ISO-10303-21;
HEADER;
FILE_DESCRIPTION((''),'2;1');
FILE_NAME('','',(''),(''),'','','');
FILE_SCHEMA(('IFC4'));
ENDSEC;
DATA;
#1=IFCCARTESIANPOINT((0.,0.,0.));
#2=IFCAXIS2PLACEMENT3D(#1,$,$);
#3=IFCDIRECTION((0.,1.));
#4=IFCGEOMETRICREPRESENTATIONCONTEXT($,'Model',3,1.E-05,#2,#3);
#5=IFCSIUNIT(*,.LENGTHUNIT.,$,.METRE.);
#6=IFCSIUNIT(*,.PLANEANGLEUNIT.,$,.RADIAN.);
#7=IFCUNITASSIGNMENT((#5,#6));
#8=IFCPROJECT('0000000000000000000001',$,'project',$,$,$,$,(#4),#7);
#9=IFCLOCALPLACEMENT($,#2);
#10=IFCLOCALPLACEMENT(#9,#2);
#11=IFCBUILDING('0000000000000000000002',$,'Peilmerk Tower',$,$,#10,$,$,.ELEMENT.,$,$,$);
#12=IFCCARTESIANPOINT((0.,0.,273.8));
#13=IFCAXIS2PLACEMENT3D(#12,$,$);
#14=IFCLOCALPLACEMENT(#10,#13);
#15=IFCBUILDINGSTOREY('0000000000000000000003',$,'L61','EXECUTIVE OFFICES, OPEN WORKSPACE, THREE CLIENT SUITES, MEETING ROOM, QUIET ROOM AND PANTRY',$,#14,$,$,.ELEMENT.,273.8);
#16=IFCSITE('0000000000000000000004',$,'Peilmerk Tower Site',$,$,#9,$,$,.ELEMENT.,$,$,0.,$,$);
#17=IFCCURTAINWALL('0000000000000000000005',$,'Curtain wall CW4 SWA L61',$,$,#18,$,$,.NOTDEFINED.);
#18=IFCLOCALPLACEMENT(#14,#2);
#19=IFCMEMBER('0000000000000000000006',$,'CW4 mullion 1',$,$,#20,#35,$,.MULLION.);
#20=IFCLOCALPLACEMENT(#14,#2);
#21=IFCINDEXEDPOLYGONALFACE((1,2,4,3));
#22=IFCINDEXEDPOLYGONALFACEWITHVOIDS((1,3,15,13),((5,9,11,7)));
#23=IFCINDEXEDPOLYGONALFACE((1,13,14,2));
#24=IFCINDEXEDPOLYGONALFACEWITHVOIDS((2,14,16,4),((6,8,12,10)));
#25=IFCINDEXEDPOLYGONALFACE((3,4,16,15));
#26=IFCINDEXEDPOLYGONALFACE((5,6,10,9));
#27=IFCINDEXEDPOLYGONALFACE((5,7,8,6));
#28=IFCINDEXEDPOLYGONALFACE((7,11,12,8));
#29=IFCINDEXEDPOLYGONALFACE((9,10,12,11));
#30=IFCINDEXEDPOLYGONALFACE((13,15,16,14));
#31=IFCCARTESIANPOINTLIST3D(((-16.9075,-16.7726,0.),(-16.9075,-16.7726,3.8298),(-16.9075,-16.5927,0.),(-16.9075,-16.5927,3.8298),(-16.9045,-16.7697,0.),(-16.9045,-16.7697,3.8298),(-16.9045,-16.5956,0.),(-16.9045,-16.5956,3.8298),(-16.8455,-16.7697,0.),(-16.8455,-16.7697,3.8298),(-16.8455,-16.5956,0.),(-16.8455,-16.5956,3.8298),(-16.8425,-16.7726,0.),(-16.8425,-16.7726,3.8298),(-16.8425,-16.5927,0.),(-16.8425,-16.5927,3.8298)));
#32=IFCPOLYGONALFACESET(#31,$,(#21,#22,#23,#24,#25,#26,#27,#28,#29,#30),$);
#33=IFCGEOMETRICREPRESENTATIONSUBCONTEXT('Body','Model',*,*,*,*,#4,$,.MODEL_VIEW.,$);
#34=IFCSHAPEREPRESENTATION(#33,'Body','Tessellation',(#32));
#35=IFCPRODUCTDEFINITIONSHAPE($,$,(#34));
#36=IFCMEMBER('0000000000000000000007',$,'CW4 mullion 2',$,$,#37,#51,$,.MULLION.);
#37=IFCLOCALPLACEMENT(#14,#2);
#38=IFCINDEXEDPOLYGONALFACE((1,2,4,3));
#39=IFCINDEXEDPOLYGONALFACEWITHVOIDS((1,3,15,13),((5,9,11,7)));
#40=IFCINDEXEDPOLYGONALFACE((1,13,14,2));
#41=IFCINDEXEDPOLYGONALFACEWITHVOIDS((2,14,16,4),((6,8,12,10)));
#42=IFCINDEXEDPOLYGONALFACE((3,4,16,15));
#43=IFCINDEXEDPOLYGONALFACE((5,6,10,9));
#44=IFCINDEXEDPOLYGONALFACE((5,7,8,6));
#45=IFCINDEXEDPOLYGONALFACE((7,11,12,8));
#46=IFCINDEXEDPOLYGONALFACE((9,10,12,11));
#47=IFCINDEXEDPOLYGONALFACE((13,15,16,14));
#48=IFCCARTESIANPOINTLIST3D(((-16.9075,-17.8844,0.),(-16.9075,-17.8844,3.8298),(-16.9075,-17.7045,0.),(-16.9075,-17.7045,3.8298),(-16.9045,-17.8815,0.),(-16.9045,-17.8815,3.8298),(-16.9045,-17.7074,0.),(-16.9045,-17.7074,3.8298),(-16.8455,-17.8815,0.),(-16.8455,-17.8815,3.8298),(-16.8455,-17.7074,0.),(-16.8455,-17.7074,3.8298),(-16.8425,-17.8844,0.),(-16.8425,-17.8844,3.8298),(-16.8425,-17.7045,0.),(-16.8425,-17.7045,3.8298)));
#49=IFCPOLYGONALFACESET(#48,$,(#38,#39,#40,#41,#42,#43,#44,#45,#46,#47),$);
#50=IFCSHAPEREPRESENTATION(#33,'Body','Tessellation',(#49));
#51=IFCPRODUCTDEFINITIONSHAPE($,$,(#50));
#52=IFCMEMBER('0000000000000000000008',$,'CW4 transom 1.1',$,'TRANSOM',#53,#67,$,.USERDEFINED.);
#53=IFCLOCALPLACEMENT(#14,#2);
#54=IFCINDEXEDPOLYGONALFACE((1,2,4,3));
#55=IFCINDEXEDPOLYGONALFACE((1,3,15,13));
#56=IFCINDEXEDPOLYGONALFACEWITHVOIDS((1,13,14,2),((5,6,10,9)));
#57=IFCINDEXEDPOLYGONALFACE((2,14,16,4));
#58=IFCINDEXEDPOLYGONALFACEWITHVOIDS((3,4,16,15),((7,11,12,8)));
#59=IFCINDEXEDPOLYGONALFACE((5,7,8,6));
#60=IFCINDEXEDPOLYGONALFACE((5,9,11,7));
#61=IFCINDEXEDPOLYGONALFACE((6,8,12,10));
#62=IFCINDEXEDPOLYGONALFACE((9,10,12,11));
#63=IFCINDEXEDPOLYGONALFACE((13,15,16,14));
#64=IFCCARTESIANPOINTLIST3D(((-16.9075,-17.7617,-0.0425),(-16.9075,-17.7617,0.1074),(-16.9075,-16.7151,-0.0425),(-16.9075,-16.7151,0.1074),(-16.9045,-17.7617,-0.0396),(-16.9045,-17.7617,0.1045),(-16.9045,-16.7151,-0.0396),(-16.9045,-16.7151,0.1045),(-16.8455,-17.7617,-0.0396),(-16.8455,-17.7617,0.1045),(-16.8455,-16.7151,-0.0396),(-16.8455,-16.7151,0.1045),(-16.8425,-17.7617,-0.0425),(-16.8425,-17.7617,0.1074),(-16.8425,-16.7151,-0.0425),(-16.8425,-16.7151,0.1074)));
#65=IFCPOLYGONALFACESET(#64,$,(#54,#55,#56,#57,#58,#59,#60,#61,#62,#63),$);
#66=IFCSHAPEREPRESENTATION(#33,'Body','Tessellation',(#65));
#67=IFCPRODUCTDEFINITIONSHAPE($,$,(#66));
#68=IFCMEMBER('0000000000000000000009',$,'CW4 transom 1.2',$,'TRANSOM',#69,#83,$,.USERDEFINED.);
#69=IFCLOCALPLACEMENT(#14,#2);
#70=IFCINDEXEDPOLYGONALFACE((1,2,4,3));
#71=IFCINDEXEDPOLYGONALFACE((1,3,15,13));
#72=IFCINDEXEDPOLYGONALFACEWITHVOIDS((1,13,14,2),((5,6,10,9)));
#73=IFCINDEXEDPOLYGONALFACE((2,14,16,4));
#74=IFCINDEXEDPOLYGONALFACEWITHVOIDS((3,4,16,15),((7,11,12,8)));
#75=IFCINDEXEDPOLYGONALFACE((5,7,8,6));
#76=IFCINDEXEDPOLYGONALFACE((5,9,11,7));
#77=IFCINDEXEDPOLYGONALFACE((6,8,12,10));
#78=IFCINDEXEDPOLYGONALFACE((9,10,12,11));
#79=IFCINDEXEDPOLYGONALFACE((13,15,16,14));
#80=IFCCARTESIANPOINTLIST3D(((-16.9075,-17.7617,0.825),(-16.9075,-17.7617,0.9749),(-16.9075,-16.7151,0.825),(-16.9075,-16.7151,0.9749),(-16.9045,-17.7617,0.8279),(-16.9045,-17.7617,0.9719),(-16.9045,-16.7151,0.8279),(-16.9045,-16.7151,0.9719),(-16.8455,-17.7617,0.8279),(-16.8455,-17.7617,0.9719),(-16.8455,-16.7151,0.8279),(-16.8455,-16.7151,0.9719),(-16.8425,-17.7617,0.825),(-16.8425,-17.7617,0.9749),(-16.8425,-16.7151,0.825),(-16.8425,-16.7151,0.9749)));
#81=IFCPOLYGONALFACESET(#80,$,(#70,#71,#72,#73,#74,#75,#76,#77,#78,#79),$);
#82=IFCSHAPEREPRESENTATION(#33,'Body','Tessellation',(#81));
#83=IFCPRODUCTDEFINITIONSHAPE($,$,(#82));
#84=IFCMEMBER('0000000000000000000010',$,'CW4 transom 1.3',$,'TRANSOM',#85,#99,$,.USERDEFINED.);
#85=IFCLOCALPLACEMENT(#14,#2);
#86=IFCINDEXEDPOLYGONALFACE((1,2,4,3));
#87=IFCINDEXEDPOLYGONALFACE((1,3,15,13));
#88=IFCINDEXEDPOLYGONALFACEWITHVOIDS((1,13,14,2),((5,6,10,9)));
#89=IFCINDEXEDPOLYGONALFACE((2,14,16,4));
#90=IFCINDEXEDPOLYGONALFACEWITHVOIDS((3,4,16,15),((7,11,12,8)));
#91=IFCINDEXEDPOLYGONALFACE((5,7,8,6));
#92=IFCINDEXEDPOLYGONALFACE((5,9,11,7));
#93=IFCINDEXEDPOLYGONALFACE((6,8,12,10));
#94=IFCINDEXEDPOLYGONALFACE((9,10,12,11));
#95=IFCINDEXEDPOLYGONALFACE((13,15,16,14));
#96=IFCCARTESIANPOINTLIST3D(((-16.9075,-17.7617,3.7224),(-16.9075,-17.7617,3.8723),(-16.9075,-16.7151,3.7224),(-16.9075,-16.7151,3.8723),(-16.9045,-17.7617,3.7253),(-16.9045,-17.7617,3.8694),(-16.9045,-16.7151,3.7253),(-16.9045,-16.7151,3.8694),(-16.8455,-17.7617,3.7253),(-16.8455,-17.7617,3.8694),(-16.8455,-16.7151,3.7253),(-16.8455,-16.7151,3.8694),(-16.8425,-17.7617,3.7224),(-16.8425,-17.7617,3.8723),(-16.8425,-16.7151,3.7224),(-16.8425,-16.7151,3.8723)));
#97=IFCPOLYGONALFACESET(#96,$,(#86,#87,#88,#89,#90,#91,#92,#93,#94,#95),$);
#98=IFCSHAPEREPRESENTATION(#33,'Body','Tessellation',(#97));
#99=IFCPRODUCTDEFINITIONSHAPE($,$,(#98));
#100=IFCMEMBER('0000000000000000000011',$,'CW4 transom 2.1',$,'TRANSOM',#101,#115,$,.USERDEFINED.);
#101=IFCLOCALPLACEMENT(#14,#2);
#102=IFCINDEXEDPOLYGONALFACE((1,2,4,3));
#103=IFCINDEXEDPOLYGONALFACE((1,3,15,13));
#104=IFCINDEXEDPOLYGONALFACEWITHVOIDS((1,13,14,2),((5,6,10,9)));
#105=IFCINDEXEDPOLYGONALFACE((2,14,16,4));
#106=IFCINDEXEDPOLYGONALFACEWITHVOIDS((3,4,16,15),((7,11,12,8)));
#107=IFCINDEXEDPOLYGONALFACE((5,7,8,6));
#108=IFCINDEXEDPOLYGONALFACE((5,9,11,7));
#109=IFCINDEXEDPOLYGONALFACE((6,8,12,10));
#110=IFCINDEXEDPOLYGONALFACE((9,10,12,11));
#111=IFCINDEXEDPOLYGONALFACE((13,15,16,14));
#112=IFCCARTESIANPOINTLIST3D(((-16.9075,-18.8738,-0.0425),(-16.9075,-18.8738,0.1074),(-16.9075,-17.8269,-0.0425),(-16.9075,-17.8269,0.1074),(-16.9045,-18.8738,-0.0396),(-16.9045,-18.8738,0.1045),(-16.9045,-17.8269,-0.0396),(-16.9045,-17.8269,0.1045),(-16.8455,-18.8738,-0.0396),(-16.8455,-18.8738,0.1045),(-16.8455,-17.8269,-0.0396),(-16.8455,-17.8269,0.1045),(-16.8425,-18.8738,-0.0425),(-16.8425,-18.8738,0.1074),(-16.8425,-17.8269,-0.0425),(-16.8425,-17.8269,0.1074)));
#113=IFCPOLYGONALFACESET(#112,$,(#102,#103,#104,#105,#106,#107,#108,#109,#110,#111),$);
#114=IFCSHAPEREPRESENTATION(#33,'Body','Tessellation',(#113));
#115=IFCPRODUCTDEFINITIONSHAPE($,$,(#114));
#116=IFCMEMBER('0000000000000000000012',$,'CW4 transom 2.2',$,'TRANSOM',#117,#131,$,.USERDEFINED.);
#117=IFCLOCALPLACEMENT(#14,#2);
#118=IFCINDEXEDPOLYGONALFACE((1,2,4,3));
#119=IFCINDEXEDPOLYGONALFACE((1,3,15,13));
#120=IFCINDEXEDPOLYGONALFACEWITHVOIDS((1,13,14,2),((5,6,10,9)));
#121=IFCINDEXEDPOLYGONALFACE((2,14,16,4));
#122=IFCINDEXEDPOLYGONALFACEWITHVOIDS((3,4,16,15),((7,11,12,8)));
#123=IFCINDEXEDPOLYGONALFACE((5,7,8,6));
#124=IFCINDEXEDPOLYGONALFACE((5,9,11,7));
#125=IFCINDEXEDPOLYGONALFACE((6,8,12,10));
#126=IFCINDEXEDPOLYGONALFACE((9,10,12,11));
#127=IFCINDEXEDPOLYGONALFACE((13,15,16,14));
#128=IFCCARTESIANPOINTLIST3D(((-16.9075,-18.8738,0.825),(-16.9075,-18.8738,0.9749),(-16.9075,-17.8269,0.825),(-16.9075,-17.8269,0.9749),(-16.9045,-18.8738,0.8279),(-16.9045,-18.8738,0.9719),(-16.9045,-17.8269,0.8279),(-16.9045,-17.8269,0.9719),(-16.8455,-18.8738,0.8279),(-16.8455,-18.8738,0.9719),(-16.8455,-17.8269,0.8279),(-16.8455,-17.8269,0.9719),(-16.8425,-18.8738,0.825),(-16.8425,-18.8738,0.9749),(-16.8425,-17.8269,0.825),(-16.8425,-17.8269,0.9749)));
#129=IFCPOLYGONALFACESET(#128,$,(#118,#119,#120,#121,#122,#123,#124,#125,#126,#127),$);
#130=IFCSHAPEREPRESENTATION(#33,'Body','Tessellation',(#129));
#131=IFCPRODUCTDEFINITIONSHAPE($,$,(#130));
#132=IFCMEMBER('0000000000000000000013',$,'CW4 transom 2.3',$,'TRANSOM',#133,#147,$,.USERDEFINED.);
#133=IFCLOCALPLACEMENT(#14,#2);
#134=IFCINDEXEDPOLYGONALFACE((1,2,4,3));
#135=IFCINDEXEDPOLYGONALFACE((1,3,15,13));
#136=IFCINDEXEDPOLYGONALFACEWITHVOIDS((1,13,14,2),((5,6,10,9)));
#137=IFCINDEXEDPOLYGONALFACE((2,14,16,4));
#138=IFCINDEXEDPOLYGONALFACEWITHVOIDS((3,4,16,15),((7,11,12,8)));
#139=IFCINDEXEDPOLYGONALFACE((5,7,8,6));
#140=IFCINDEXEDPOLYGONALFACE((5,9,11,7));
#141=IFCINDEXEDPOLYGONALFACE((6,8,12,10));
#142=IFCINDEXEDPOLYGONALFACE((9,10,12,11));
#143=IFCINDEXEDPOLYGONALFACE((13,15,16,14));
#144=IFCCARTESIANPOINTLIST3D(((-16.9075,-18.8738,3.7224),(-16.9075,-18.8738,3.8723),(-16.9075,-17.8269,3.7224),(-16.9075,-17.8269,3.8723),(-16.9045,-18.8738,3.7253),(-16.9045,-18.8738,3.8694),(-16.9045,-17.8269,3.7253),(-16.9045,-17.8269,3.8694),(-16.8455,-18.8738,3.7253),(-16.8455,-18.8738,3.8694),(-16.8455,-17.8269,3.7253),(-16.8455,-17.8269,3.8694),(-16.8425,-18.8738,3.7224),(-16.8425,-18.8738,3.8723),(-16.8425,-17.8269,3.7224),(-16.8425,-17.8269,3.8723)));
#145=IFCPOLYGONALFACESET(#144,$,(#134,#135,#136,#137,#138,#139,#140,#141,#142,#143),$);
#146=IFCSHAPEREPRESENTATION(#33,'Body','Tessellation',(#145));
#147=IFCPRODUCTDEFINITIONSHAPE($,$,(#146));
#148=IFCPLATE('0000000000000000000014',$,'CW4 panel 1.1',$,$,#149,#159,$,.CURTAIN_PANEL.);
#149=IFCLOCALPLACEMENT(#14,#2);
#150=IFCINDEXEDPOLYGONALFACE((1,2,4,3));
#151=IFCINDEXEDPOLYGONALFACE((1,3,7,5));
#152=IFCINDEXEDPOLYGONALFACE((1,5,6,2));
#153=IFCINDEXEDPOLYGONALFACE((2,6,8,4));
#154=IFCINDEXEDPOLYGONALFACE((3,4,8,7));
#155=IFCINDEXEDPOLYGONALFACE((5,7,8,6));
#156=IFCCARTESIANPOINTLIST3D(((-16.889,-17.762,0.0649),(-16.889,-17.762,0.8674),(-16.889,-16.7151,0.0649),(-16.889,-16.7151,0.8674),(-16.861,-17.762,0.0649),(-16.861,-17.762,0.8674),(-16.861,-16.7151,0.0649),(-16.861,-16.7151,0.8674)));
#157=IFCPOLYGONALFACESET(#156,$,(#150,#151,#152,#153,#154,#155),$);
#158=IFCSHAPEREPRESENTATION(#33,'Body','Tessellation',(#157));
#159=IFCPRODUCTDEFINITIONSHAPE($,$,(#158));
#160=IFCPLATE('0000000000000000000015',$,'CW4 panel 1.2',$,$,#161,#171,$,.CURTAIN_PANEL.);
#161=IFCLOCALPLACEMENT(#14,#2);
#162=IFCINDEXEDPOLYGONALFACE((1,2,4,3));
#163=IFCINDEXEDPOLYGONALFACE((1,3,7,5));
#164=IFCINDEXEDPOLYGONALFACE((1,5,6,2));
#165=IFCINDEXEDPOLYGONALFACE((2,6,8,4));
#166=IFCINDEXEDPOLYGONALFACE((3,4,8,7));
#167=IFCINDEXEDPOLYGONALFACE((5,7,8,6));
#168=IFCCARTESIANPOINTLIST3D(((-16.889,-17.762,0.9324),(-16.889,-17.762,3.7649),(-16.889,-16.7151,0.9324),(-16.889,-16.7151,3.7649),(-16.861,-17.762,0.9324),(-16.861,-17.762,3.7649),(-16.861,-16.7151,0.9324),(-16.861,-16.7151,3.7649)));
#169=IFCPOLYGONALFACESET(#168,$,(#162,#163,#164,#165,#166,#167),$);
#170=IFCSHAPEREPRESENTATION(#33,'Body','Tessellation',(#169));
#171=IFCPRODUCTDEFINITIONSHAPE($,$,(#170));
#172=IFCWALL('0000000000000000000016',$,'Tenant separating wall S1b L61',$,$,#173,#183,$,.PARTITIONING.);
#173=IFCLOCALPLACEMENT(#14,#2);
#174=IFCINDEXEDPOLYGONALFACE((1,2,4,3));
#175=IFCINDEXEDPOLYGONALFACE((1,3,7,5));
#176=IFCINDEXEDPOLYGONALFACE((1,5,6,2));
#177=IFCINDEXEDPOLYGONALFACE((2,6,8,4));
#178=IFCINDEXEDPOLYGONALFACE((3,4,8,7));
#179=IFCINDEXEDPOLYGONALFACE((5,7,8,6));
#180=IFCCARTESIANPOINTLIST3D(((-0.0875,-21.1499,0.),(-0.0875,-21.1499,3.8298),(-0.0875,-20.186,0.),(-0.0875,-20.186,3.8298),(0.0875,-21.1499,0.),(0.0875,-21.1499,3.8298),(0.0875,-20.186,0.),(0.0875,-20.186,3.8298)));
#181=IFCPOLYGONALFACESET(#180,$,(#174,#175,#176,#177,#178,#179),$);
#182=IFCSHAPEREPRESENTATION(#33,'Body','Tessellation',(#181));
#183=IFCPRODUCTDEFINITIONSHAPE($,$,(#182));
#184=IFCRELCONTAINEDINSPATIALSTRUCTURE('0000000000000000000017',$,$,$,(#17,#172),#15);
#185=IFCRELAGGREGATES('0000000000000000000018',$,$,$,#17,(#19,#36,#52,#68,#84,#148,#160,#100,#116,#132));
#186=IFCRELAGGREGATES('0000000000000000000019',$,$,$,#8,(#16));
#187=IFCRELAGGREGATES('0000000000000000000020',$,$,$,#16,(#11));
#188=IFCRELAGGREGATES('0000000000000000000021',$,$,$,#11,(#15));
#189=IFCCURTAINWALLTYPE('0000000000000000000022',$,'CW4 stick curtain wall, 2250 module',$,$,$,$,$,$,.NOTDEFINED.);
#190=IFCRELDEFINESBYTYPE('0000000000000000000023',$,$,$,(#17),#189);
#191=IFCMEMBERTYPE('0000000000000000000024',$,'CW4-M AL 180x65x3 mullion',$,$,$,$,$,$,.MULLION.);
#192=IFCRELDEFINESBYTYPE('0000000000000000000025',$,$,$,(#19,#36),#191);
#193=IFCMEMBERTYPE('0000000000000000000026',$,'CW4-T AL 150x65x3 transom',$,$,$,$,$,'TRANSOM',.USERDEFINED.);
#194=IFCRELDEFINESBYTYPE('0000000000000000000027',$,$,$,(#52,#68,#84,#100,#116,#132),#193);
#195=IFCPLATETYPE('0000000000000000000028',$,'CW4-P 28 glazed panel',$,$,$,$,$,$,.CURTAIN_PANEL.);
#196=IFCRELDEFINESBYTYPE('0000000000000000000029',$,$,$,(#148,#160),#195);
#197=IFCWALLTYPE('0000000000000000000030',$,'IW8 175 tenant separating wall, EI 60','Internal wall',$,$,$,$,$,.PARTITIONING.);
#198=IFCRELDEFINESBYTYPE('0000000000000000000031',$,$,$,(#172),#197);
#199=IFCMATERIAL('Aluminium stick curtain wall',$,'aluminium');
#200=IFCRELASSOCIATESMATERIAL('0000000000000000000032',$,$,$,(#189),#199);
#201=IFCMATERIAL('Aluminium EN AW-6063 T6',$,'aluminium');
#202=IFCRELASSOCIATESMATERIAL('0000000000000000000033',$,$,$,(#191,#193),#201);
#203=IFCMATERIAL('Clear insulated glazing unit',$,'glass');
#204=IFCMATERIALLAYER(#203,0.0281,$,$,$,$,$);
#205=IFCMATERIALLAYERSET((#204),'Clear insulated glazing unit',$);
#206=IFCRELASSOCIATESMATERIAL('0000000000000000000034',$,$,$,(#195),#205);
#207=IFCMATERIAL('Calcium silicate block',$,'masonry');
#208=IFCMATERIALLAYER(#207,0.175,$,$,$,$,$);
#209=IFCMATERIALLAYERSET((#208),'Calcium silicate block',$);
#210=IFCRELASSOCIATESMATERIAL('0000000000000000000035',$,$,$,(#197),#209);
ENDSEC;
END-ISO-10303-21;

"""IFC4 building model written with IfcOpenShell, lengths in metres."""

from ifc_helpers import new_model, si_unit, direction, frame, frame_2d, origin, origin_2d, place, context, subcontext, project, spatial, rectangle, hollow_rectangle, extrude, material, layer, layer_set, material_profile, profile_set, type_object, element, aggregate, save


model = new_model("IFC4")

# Units and contexts
model_context = context("Model", 3, precision=1e-05, world=origin(), true_north=direction((0.0, 1.0)))
body_context = subcontext(model_context, "Body", "Model", "MODEL_VIEW")
ifc_project = project(units=[si_unit("LENGTHUNIT", "METRE"), si_unit("PLANEANGLEUNIT", "RADIAN")], contexts=[model_context])

# Site, building, storey
site_placement = place(None, origin())
site = spatial("IfcSite", under=ifc_project, at=site_placement, Name="Peilmerk Tower Site", CompositionType="ELEMENT", RefElevation=0.0)
building_placement = place(site_placement, origin())
building = spatial("IfcBuilding", under=site, at=building_placement, Name="Peilmerk Tower", CompositionType="ELEMENT")
storey_placement = place(building_placement, frame((0.0, 0.0, 273.8)))
storey = spatial("IfcBuildingStorey", under=building, at=storey_placement, Name="L61", Description="EXECUTIVE OFFICES, OPEN WORKSPACE, THREE CLIENT SUITES, MEETING ROOM, QUIET ROOM AND PANTRY", CompositionType="ELEMENT", Elevation=273.8)

# Curtain wall, members, plates
ifc_material_1 = material(Name="Aluminium stick curtain wall", Category="aluminium")
curtain_wall_type = type_object("IfcCurtainWallType", Name="CW4 stick curtain wall, 2250 module", PredefinedType="NOTDEFINED", material=ifc_material_1)
curtain_wall_placement = place(storey_placement, origin())
curtain_wall = element("IfcCurtainWall", 1, at=curtain_wall_placement, inside=storey, type_object=curtain_wall_type, Name="Curtain wall CW4 SWA L61", PredefinedType="NOTDEFINED")
ifc_material_2 = material(Name="Aluminium EN AW-6063 T6", Category="aluminium")
ifc_material_profile_1 = material_profile(ifc_material_2, hollow_rectangle(XDim=0.0649, YDim=0.1799, WallThickness=0.0029, at=origin_2d()), Name="AL 180x65x3")
ifc_profile_set_1 = profile_set([ifc_material_profile_1], Name="Aluminium EN AW-6063 T6")
member_type_1 = type_object("IfcMemberType", Name="CW4-M AL 180x65x3 mullion", PredefinedType="MULLION", material=ifc_profile_set_1)
member_1_placement = place(storey_placement, frame((-16.875, -16.6826, 0.0), z_axis=(0.0, 0.0, 1.0), x_axis=(1.0, 0.0, 0.0)))
member_1 = element("IfcMember", 2, at=member_1_placement, type_object=member_type_1, Name="CW4 mullion 1", PredefinedType="MULLION", context=body_context, shape_type="SweptSolid", body=[
    extrude(hollow_rectangle(XDim=0.0649, YDim=0.1799, WallThickness=0.0029, at=origin_2d()), origin(), (0.0, 0.0, 1.0), 3.8298),
])
member_2_placement = place(storey_placement, frame((-16.875, -17.7944, 0.0), z_axis=(0.0, 0.0, 1.0), x_axis=(1.0, 0.0, 0.0)))
member_2 = element("IfcMember", 3, at=member_2_placement, type_object=member_type_1, Name="CW4 mullion 2", PredefinedType="MULLION", context=body_context, shape_type="SweptSolid", body=[
    extrude(hollow_rectangle(XDim=0.0649, YDim=0.1799, WallThickness=0.0029, at=origin_2d()), origin(), (0.0, 0.0, 1.0), 3.8298),
])
ifc_material_profile_2 = material_profile(ifc_material_2, hollow_rectangle(XDim=0.0649, YDim=0.1499, WallThickness=0.0029, at=origin_2d()), Name="AL 150x65x3")
ifc_profile_set_2 = profile_set([ifc_material_profile_2], Name="Aluminium EN AW-6063 T6")
member_type_2 = type_object("IfcMemberType", Name="CW4-T AL 150x65x3 transom", ElementType="TRANSOM", PredefinedType="USERDEFINED", material=ifc_profile_set_2)
member_3_placement = place(storey_placement, frame((-16.875, -16.7151, 0.0325), z_axis=(0.0, -1.0, 0.0), x_axis=(1.0, 0.0, 0.0)))
member_3 = element("IfcMember", 4, at=member_3_placement, type_object=member_type_2, Name="CW4 transom 1.1", ObjectType="TRANSOM", PredefinedType="USERDEFINED", context=body_context, shape_type="SweptSolid", body=[
    extrude(hollow_rectangle(XDim=0.0649, YDim=0.1499, WallThickness=0.0029, at=origin_2d()), origin(), (0.0, 0.0, 1.0), 1.0466),
])
member_4_placement = place(storey_placement, frame((-16.875, -16.7151, 0.8999), z_axis=(0.0, -1.0, 0.0), x_axis=(1.0, 0.0, 0.0)))
member_4 = element("IfcMember", 5, at=member_4_placement, type_object=member_type_2, Name="CW4 transom 1.2", ObjectType="TRANSOM", PredefinedType="USERDEFINED", context=body_context, shape_type="SweptSolid", body=[
    extrude(hollow_rectangle(XDim=0.0649, YDim=0.1499, WallThickness=0.0029, at=origin_2d()), origin(), (0.0, 0.0, 1.0), 1.0466),
])
member_5_placement = place(storey_placement, frame((-16.875, -16.7151, 3.7974), z_axis=(0.0, -1.0, 0.0), x_axis=(1.0, 0.0, 0.0)))
member_5 = element("IfcMember", 6, at=member_5_placement, type_object=member_type_2, Name="CW4 transom 1.3", ObjectType="TRANSOM", PredefinedType="USERDEFINED", context=body_context, shape_type="SweptSolid", body=[
    extrude(hollow_rectangle(XDim=0.0649, YDim=0.1499, WallThickness=0.0029, at=origin_2d()), origin(), (0.0, 0.0, 1.0), 1.0466),
])
member_6_placement = place(storey_placement, frame((-16.875, -17.8269, 0.0325), z_axis=(0.0, -1.0, 0.0), x_axis=(1.0, 0.0, 0.0)))
member_6 = element("IfcMember", 7, at=member_6_placement, type_object=member_type_2, Name="CW4 transom 2.1", ObjectType="TRANSOM", PredefinedType="USERDEFINED", context=body_context, shape_type="SweptSolid", body=[
    extrude(hollow_rectangle(XDim=0.0649, YDim=0.1499, WallThickness=0.0029, at=origin_2d()), origin(), (0.0, 0.0, 1.0), 1.0469),
])
member_7_placement = place(storey_placement, frame((-16.875, -17.8269, 0.8999), z_axis=(0.0, -1.0, 0.0), x_axis=(1.0, 0.0, 0.0)))
member_7 = element("IfcMember", 8, at=member_7_placement, type_object=member_type_2, Name="CW4 transom 2.2", ObjectType="TRANSOM", PredefinedType="USERDEFINED", context=body_context, shape_type="SweptSolid", body=[
    extrude(hollow_rectangle(XDim=0.0649, YDim=0.1499, WallThickness=0.0029, at=origin_2d()), origin(), (0.0, 0.0, 1.0), 1.0469),
])
member_8_placement = place(storey_placement, frame((-16.875, -17.8269, 3.7974), z_axis=(0.0, -1.0, 0.0), x_axis=(1.0, 0.0, 0.0)))
member_8 = element("IfcMember", 9, at=member_8_placement, type_object=member_type_2, Name="CW4 transom 2.3", ObjectType="TRANSOM", PredefinedType="USERDEFINED", context=body_context, shape_type="SweptSolid", body=[
    extrude(hollow_rectangle(XDim=0.0649, YDim=0.1499, WallThickness=0.0029, at=origin_2d()), origin(), (0.0, 0.0, 1.0), 1.0469),
])
ifc_material_3 = material(Name="Clear insulated glazing unit", Category="glass")
ifc_layer_1 = layer(ifc_material_3, 0.0281)
ifc_layer_set_1 = layer_set([ifc_layer_1], Name="Clear insulated glazing unit")
plate_type = type_object("IfcPlateType", Name="CW4-P 28 glazed panel", PredefinedType="CURTAIN_PANEL", material=ifc_layer_set_1)
plate_1_placement = place(storey_placement, frame((-16.875, -17.2385, 0.0649), z_axis=(0.0, 0.0, 1.0), x_axis=(0.0, -1.0, 0.0)))
plate_1 = element("IfcPlate", 10, at=plate_1_placement, type_object=plate_type, Name="CW4 panel 1.1", PredefinedType="CURTAIN_PANEL", context=body_context, shape_type="SweptSolid", body=[
    extrude(rectangle(XDim=1.0469, YDim=0.0281, at=origin_2d()), origin(), (0.0, 0.0, 1.0), 0.8025),
])
plate_2_placement = place(storey_placement, frame((-16.875, -17.2385, 0.9324), z_axis=(0.0, 0.0, 1.0), x_axis=(0.0, -1.0, 0.0)))
plate_2 = element("IfcPlate", 11, at=plate_2_placement, type_object=plate_type, Name="CW4 panel 1.2", PredefinedType="CURTAIN_PANEL", context=body_context, shape_type="SweptSolid", body=[
    extrude(rectangle(XDim=1.0469, YDim=0.0281, at=origin_2d()), origin(), (0.0, 0.0, 1.0), 2.8325),
])
aggregate(curtain_wall, [member_1, member_2, member_3, member_4, member_5, plate_1, plate_2, member_6, member_7, member_8])

# Wall
ifc_material_4 = material(Name="Calcium silicate block", Category="masonry")
ifc_layer_2 = layer(ifc_material_4, 0.175)
ifc_layer_set_2 = layer_set([ifc_layer_2], Name="Calcium silicate block")
wall_type = type_object("IfcWallType", Name="IW8 175 tenant separating wall, EI 60", Description="Internal wall", PredefinedType="PARTITIONING", material=ifc_layer_set_2)
wall_placement = place(storey_placement, frame((0.0, -20.186, 0.0), z_axis=(0.0, 0.0, 1.0), x_axis=(0.0, -1.0, 0.0)))
element("IfcWall", 12, at=wall_placement, inside=storey, type_object=wall_type, Name="Tenant separating wall S1b L61", PredefinedType="PARTITIONING", context=body_context, shape_type="SweptSolid", body=[
    extrude(rectangle(XDim=0.9639, YDim=0.175, at=frame_2d((0.4819, 0.0))), origin(), (0.0, 0.0, 1.0), 3.8298),
])

save(model, "model.ifc")
